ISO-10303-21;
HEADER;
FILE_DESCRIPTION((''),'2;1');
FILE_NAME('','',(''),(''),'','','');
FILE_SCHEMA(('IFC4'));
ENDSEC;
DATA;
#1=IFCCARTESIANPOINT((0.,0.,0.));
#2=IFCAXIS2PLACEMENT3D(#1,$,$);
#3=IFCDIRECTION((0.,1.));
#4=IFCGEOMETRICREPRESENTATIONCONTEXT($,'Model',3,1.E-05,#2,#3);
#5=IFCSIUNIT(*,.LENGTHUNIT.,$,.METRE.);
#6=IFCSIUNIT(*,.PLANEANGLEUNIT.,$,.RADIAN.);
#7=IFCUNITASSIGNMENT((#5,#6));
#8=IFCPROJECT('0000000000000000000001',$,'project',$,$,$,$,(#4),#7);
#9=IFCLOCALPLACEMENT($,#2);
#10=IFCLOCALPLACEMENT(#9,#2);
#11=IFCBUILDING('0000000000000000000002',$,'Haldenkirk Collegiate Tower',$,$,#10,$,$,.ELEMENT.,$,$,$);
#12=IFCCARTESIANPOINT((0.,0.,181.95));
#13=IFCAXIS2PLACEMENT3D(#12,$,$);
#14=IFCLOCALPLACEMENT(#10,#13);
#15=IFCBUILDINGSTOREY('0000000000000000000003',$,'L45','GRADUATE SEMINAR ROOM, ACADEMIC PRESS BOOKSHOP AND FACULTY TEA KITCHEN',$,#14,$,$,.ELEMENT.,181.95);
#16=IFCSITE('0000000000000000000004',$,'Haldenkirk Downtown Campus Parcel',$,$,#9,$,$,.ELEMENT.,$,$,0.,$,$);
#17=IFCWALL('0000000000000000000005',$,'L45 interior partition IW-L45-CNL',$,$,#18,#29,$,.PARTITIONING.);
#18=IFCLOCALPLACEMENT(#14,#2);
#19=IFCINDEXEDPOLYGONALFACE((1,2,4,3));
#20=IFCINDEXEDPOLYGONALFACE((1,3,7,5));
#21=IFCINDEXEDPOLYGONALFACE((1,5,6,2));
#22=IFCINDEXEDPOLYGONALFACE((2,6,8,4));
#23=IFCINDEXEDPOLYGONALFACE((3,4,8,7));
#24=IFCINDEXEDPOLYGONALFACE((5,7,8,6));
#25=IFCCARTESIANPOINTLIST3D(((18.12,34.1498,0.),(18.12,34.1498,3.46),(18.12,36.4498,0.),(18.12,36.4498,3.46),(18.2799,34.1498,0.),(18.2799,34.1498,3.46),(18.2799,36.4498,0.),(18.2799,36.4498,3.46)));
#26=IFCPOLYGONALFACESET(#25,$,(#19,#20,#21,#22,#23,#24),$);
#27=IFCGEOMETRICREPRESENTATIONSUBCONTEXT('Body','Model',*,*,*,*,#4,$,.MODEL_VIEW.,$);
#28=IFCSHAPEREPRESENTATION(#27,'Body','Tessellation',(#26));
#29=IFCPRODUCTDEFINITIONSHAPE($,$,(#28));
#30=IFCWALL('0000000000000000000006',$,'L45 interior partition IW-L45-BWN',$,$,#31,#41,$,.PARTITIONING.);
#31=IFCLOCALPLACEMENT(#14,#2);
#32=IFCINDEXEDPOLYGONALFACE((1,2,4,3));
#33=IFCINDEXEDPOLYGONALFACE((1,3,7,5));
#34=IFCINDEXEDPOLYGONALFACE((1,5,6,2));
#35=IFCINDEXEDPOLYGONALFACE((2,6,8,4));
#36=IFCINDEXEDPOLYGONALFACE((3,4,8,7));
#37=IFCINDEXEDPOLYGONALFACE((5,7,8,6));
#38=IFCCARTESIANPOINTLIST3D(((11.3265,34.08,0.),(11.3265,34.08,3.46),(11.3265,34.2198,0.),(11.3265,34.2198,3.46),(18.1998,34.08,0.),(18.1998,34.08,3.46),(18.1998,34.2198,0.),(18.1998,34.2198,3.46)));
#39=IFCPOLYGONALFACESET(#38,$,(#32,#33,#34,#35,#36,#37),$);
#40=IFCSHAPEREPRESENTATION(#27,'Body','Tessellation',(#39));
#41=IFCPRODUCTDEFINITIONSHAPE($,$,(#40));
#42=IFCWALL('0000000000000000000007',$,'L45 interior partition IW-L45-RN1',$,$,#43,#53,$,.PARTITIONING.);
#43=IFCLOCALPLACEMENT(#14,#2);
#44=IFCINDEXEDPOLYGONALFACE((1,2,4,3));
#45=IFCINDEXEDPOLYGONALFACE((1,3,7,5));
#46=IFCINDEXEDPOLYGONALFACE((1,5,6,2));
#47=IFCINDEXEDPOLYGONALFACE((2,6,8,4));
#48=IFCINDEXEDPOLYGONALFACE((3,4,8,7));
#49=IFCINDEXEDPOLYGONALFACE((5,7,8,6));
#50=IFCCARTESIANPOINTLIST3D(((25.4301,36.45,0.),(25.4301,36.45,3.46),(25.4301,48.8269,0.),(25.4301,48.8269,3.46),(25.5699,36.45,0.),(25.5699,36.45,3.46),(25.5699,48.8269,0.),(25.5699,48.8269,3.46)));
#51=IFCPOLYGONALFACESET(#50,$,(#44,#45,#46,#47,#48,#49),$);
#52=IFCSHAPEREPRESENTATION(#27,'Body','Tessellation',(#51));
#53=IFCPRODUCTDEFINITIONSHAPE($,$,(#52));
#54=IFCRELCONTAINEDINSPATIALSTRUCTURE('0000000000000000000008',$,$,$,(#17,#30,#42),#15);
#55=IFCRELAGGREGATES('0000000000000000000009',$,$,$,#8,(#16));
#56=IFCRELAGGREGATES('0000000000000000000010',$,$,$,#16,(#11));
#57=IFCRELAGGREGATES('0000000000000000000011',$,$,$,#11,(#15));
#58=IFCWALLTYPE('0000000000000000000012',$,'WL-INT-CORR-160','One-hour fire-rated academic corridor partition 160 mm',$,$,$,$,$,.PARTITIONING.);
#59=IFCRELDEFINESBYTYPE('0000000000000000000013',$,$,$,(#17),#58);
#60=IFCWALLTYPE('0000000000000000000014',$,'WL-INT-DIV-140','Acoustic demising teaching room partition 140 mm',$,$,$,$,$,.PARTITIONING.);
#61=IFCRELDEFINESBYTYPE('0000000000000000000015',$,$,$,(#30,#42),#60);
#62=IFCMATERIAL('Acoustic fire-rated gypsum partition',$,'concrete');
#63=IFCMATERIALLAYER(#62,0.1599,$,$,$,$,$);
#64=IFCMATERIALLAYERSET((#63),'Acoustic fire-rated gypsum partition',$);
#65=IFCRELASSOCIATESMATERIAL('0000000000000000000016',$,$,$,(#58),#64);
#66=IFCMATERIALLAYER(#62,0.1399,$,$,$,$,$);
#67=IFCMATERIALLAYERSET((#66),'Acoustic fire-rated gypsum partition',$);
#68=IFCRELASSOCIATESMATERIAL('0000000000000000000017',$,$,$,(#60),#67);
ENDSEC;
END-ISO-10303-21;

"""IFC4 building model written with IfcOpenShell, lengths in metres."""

from ifc_helpers import new_model, si_unit, direction, frame, frame_2d, origin, place, context, subcontext, project, spatial, rectangle, extrude, material, layer, layer_set, type_object, element, save


model = new_model("IFC4")

# Units and contexts
model_context = context("Model", 3, precision=1e-05, world=origin(), true_north=direction((0.0, 1.0)))
body_context = subcontext(model_context, "Body", "Model", "MODEL_VIEW")
ifc_project = project(units=[si_unit("LENGTHUNIT", "METRE"), si_unit("PLANEANGLEUNIT", "RADIAN")], contexts=[model_context])

# Site, building, storey
site_placement = place(None, origin())
site = spatial("IfcSite", under=ifc_project, at=site_placement, Name="Haldenkirk Downtown Campus Parcel", CompositionType="ELEMENT", RefElevation=0.0)
building_placement = place(site_placement, origin())
building = spatial("IfcBuilding", under=site, at=building_placement, Name="Haldenkirk Collegiate Tower", CompositionType="ELEMENT")
storey_placement = place(building_placement, frame((0.0, 0.0, 181.95)))
storey = spatial("IfcBuildingStorey", under=building, at=storey_placement, Name="L45", Description="GRADUATE SEMINAR ROOM, ACADEMIC PRESS BOOKSHOP AND FACULTY TEA KITCHEN", CompositionType="ELEMENT", Elevation=181.95)

# Shared definitions
ifc_material_1 = material(Name="Acoustic fire-rated gypsum partition", Category="concrete")
ifc_layer_1 = layer(ifc_material_1, 0.1599)
ifc_layer_set_1 = layer_set([ifc_layer_1], Name="Acoustic fire-rated gypsum partition")
wall_type_1 = type_object("IfcWallType", Name="WL-INT-CORR-160", Description="One-hour fire-rated academic corridor partition 160 mm", PredefinedType="PARTITIONING", material=ifc_layer_set_1)

# Walls
wall_1_placement = place(storey_placement, frame((18.2, 34.1499, 0.0), z_axis=(0.0, 0.0, 1.0), x_axis=(0.0, 1.0, 0.0)))
element("IfcWall", 1, at=wall_1_placement, inside=storey, type_object=wall_type_1, Name="L45 interior partition IW-L45-CNL", PredefinedType="PARTITIONING", context=body_context, shape_type="SweptSolid", body=[
    extrude(rectangle(XDim=2.3, YDim=0.1599, at=frame_2d((1.1499, 0.0))), origin(), (0.0, 0.0, 1.0), 3.46),
])
ifc_layer_2 = layer(ifc_material_1, 0.1399)
ifc_layer_set_2 = layer_set([ifc_layer_2], Name="Acoustic fire-rated gypsum partition")
wall_type_2 = type_object("IfcWallType", Name="WL-INT-DIV-140", Description="Acoustic demising teaching room partition 140 mm", PredefinedType="PARTITIONING", material=ifc_layer_set_2)
wall_2_placement = place(storey_placement, frame((11.3267, 34.1499, 0.0), z_axis=(0.0, 0.0, 1.0), x_axis=(1.0, 0.0, 0.0)))
element("IfcWall", 2, at=wall_2_placement, inside=storey, type_object=wall_type_2, Name="L45 interior partition IW-L45-BWN", PredefinedType="PARTITIONING", context=body_context, shape_type="SweptSolid", body=[
    extrude(rectangle(XDim=6.8733, YDim=0.1399, at=frame_2d((3.4365, 0.0))), origin(), (0.0, 0.0, 1.0), 3.46),
])
wall_3_placement = place(storey_placement, frame((25.5, 36.45, 0.0), z_axis=(0.0, 0.0, 1.0), x_axis=(0.0, 1.0, 0.0)))
element("IfcWall", 3, at=wall_3_placement, inside=storey, type_object=wall_type_2, Name="L45 interior partition IW-L45-RN1", PredefinedType="PARTITIONING", context=body_context, shape_type="SweptSolid", body=[
    extrude(rectangle(XDim=12.377, YDim=0.1399, at=frame_2d((6.1885, 0.0))), origin(), (0.0, 0.0, 1.0), 3.46),
])

save(model, "model.ifc")
